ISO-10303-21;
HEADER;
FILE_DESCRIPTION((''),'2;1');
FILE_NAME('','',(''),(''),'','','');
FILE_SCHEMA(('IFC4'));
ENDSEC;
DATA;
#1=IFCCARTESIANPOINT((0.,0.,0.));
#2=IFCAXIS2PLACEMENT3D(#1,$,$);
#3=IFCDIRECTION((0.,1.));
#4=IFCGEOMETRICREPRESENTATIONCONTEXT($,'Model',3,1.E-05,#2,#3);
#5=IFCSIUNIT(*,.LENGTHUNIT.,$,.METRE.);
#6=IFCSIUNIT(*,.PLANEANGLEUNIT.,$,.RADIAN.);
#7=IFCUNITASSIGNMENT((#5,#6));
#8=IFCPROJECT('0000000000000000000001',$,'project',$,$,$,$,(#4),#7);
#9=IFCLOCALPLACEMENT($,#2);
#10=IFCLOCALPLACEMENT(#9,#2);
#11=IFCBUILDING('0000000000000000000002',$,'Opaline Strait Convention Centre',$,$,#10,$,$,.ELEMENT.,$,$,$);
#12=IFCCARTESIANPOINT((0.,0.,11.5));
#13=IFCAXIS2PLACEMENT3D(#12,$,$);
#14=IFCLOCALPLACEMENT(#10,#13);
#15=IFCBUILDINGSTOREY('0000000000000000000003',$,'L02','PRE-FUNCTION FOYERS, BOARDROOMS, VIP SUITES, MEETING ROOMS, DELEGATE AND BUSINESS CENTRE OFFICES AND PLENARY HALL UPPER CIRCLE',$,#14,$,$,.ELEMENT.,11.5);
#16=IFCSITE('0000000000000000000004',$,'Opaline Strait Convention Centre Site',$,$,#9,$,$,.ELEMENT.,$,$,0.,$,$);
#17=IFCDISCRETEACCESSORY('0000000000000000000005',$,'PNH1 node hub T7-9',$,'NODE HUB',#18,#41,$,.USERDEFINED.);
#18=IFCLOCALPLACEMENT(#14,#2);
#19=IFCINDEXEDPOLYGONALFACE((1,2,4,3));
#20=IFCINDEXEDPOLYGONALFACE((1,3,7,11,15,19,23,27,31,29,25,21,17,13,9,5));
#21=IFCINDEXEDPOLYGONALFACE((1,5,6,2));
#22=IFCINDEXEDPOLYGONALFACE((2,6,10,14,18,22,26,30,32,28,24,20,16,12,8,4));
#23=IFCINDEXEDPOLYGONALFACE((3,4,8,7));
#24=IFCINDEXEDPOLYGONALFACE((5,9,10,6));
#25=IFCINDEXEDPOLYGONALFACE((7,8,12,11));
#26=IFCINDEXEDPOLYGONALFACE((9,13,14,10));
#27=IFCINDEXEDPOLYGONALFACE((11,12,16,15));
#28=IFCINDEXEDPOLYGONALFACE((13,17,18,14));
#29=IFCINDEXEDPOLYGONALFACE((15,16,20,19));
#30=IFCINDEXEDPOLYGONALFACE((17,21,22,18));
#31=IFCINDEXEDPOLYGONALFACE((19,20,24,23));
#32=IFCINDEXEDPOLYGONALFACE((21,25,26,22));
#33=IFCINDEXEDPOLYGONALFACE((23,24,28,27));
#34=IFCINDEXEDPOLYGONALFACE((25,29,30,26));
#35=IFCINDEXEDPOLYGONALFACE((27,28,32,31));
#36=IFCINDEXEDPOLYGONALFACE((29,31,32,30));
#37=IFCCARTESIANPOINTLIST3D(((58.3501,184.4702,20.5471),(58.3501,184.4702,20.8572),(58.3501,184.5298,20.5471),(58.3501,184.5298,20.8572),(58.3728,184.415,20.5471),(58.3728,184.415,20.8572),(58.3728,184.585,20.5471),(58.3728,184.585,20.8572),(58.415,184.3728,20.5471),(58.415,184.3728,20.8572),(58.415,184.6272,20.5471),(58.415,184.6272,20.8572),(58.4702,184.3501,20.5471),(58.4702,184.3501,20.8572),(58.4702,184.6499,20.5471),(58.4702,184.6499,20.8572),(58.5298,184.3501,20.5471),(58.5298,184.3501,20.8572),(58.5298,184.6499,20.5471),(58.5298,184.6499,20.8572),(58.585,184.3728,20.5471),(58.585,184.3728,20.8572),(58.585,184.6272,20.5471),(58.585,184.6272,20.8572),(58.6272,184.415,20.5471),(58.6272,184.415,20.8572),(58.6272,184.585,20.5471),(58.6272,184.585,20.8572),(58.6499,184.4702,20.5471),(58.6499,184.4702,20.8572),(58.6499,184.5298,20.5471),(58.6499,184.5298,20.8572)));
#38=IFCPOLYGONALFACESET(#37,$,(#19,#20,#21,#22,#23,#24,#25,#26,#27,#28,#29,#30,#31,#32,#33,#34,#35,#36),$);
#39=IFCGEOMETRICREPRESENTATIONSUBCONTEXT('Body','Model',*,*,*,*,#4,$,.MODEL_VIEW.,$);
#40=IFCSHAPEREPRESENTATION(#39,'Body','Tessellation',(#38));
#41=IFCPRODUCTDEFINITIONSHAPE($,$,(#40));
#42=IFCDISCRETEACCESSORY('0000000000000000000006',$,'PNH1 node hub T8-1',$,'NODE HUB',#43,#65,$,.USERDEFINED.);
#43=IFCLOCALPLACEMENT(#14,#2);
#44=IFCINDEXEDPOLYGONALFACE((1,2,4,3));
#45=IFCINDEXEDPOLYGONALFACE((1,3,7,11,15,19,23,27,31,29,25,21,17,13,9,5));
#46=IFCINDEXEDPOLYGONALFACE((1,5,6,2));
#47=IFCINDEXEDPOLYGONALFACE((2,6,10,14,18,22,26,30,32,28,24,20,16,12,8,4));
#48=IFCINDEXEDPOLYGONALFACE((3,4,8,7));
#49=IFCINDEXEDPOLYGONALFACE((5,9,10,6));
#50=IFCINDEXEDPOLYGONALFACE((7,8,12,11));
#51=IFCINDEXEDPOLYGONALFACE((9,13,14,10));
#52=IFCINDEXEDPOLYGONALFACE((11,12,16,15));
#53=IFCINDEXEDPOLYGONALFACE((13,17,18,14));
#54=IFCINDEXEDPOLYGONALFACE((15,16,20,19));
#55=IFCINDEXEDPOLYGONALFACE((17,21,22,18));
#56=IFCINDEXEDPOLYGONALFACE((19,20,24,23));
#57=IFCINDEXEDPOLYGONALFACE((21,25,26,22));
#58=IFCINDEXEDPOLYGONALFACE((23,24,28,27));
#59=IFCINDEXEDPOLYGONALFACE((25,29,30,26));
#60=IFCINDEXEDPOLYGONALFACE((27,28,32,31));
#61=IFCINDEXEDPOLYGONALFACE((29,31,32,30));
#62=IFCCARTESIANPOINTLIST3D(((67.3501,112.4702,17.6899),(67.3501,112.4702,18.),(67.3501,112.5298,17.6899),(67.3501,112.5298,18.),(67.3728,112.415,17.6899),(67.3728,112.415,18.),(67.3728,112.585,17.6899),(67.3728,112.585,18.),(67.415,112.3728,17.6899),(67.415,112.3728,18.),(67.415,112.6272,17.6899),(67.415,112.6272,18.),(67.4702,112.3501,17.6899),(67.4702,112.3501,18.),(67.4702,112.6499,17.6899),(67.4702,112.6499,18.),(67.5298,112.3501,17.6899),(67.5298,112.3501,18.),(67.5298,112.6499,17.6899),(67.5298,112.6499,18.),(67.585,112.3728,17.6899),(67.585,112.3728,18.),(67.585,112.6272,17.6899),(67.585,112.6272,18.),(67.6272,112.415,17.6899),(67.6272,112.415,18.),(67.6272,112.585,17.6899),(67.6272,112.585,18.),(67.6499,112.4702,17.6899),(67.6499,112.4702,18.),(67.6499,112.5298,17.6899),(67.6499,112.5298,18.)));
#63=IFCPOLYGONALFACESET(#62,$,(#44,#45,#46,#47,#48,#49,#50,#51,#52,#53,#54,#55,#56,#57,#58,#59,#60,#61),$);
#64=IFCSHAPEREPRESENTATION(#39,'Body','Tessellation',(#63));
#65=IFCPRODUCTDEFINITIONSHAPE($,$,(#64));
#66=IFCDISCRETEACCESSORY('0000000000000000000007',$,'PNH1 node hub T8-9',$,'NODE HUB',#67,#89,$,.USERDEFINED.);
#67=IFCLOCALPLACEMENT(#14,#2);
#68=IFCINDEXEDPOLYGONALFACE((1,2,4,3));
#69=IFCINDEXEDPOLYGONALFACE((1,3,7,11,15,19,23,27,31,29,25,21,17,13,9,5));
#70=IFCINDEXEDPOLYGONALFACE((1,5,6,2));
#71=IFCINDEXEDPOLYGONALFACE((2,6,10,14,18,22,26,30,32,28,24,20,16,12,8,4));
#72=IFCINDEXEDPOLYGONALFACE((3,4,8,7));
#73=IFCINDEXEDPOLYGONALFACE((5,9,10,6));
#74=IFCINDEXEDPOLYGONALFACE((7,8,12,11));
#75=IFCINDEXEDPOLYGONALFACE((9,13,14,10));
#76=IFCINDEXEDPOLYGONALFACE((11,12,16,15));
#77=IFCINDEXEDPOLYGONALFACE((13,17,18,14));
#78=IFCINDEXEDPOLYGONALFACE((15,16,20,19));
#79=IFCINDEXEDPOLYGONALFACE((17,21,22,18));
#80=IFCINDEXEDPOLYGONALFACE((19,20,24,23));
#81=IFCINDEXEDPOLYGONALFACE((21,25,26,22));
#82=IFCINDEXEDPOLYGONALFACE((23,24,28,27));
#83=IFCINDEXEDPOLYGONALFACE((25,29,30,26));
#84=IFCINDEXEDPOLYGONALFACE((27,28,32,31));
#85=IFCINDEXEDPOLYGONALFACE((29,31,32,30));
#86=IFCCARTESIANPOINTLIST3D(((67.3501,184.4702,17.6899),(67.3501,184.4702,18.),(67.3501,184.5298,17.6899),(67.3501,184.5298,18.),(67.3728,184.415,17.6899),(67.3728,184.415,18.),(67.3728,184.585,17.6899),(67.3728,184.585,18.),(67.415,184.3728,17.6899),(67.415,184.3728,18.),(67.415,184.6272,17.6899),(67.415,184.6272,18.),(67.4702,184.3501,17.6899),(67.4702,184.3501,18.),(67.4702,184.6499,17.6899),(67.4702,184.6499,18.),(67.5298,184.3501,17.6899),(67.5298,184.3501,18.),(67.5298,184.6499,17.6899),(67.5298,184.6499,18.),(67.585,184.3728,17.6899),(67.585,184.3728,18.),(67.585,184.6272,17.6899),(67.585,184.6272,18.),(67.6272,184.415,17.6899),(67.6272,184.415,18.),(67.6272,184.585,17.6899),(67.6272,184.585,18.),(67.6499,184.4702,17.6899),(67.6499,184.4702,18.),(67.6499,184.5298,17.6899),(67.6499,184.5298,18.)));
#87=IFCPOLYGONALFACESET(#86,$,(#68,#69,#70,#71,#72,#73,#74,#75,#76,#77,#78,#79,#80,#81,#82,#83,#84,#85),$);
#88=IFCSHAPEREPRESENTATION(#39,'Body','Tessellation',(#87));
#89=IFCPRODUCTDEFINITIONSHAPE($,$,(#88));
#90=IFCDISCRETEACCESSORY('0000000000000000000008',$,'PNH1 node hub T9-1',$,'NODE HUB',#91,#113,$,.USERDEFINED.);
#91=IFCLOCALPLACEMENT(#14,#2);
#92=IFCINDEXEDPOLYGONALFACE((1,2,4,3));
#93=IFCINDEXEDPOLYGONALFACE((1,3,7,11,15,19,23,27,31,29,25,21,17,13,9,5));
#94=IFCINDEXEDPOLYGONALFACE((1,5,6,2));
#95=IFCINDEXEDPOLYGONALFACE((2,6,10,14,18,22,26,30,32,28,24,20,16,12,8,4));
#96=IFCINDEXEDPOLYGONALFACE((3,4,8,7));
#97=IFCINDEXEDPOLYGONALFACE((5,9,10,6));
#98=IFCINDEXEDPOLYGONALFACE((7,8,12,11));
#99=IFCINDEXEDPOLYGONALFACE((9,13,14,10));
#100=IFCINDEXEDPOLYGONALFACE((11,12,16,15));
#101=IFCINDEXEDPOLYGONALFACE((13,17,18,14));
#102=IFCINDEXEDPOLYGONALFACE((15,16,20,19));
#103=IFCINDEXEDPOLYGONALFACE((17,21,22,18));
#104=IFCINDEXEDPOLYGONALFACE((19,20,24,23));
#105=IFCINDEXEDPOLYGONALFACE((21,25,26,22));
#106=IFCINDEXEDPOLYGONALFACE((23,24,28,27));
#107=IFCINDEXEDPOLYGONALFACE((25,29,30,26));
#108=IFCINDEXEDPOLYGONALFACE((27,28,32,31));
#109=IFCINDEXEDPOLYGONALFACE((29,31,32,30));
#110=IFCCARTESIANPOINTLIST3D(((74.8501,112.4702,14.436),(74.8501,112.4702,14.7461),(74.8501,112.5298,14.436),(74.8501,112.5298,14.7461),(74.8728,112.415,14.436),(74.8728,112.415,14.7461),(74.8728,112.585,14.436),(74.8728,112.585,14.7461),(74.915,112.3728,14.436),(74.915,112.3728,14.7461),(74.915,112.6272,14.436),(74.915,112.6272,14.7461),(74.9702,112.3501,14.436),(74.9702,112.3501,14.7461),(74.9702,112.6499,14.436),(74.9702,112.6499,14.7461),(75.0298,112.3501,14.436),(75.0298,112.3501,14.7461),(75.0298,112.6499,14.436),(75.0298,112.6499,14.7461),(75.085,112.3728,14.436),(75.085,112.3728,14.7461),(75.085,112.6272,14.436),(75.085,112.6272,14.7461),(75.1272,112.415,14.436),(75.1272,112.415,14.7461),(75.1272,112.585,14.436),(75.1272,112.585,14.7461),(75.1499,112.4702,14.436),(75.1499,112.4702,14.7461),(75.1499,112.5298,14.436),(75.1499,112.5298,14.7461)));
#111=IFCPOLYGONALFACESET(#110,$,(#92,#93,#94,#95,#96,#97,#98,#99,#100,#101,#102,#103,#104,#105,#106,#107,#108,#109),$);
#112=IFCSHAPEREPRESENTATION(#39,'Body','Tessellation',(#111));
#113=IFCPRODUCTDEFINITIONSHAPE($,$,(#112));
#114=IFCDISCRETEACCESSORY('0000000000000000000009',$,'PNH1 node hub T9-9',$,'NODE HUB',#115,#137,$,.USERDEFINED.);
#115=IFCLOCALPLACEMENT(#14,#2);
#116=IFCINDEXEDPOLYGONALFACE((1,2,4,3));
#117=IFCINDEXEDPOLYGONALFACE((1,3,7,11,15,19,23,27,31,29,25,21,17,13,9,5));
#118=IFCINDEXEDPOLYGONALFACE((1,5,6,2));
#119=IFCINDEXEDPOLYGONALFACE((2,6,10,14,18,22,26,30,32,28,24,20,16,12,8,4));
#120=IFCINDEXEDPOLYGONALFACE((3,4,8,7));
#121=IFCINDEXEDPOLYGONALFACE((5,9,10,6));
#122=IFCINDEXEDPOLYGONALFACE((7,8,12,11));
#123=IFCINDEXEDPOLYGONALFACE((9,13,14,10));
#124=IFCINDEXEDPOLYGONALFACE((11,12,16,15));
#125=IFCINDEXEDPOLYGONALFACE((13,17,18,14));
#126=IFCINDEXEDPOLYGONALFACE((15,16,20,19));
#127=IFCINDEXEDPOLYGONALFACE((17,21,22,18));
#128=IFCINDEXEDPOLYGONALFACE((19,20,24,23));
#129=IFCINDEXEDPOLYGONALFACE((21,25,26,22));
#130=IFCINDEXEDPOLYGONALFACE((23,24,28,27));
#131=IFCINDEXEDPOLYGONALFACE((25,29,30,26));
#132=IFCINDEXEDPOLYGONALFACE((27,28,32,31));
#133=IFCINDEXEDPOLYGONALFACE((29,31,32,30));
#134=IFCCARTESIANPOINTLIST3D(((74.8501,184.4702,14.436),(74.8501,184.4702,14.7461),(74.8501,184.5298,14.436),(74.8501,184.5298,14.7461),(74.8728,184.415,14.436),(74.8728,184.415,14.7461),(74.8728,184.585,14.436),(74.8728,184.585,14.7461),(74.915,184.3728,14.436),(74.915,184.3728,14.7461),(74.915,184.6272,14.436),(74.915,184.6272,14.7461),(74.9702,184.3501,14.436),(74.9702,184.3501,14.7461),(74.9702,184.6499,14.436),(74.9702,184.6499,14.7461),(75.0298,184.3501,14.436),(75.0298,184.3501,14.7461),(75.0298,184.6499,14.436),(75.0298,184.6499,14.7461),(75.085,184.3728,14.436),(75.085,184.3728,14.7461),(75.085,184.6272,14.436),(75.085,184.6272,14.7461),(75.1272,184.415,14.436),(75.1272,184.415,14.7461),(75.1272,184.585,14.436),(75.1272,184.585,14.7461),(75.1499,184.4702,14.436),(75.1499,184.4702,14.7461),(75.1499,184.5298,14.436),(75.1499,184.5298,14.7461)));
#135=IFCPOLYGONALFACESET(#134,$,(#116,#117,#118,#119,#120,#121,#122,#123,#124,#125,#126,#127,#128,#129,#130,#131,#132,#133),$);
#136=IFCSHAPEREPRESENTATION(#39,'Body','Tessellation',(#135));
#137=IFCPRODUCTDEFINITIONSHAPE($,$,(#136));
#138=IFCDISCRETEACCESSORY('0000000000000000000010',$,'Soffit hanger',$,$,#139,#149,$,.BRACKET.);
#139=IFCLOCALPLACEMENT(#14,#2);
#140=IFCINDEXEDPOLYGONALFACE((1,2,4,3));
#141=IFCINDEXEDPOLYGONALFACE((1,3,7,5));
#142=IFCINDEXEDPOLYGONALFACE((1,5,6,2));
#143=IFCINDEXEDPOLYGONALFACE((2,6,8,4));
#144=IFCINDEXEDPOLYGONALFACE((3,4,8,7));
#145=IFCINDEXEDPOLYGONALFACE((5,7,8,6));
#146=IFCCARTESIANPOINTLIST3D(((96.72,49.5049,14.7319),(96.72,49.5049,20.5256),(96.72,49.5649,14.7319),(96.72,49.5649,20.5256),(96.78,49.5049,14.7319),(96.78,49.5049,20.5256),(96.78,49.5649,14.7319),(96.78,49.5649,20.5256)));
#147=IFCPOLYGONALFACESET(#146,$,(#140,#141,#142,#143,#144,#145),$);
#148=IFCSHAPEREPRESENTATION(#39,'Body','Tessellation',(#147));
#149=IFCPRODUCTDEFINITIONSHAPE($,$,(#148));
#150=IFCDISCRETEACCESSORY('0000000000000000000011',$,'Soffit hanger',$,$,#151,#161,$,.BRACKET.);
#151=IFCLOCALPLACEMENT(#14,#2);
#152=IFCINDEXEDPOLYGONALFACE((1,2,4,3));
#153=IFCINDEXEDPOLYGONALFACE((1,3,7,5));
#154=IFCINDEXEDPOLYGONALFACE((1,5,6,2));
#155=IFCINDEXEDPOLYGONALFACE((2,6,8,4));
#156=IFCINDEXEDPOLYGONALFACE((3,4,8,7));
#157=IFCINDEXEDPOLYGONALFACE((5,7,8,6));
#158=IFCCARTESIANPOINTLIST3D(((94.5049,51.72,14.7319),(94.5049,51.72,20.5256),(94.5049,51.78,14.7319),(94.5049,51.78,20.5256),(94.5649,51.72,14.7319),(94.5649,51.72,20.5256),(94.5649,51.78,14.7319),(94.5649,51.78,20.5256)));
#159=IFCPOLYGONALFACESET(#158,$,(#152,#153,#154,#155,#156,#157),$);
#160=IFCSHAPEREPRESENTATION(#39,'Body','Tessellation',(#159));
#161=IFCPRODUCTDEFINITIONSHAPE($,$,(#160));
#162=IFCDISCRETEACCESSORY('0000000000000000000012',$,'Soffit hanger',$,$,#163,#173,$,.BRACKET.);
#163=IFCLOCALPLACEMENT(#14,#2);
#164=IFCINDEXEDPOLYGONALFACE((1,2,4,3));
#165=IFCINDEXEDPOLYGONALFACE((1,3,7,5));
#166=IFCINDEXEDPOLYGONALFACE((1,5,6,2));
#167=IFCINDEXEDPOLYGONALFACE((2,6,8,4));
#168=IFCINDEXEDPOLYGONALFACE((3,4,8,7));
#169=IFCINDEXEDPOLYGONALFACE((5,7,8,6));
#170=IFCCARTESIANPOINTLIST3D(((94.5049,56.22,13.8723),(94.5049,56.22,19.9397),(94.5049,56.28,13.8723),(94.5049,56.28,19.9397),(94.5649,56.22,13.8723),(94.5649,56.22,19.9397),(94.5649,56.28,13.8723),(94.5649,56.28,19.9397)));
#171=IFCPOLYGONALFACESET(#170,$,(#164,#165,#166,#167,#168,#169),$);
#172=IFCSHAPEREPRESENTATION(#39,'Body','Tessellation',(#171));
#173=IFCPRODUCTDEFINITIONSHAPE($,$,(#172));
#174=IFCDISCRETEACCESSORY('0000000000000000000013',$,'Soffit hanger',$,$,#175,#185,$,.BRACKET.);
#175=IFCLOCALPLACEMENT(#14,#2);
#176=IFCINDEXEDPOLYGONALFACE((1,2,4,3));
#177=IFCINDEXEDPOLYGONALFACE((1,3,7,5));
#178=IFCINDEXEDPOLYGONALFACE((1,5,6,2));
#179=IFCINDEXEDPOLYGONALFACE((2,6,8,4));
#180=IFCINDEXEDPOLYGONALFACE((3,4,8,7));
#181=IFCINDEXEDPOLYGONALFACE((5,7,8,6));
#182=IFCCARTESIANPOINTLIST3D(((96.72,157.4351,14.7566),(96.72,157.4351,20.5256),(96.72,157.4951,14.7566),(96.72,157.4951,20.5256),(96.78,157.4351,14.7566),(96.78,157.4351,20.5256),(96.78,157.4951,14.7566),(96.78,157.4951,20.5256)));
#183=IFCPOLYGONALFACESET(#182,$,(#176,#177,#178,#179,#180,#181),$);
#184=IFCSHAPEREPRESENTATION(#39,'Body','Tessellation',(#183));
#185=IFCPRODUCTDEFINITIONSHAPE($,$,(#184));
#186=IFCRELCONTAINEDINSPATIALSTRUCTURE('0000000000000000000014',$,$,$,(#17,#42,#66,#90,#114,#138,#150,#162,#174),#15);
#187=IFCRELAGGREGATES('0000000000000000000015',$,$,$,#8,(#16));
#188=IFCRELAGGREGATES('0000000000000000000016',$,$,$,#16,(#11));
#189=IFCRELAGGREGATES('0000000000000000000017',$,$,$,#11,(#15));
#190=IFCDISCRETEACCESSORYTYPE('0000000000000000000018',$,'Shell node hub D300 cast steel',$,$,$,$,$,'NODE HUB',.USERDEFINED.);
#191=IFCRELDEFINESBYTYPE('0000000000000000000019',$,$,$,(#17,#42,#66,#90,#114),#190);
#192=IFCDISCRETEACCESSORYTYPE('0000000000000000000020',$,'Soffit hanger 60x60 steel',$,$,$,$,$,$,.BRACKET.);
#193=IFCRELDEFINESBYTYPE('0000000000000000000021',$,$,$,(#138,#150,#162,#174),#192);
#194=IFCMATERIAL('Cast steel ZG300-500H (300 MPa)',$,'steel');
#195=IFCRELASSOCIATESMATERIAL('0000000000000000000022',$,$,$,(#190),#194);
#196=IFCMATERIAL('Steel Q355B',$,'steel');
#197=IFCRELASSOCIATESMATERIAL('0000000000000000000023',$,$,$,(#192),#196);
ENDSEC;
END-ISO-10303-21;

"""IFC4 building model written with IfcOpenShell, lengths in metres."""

from ifc_helpers import new_model, si_unit, direction, frame, origin, place, context, subcontext, project, spatial, polyline, outline, extrude, material, type_object, element, save


model = new_model("IFC4")

# Units and contexts
model_context = context("Model", 3, precision=1e-05, world=origin(), true_north=direction((0.0, 1.0)))
body_context = subcontext(model_context, "Body", "Model", "MODEL_VIEW")
ifc_project = project(units=[si_unit("LENGTHUNIT", "METRE"), si_unit("PLANEANGLEUNIT", "RADIAN")], contexts=[model_context])

# Site, building, storey
site_placement = place(None, origin())
site = spatial("IfcSite", under=ifc_project, at=site_placement, Name="Opaline Strait Convention Centre Site", CompositionType="ELEMENT", RefElevation=0.0)
building_placement = place(site_placement, origin())
building = spatial("IfcBuilding", under=site, at=building_placement, Name="Opaline Strait Convention Centre", CompositionType="ELEMENT")
storey_placement = place(building_placement, frame((0.0, 0.0, 11.5)))
storey = spatial("IfcBuildingStorey", under=building, at=storey_placement, Name="L02", Description="PRE-FUNCTION FOYERS, BOARDROOMS, VIP SUITES, MEETING ROOMS, DELEGATE AND BUSINESS CENTRE OFFICES AND PLENARY HALL UPPER CIRCLE", CompositionType="ELEMENT", Elevation=11.5)

# Discrete accessories
ifc_material_1 = material(Name="Cast steel ZG300-500H (300 MPa)", Category="steel")
discrete_accessory_type_1 = type_object("IfcDiscreteAccessoryType", Name="Shell node hub D300 cast steel", ElementType="NODE HUB", PredefinedType="USERDEFINED", material=ifc_material_1)
discrete_accessory_1_placement = place(storey_placement, frame((0.0, 0.0, 20.5471)))
element("IfcDiscreteAccessory", 1, at=discrete_accessory_1_placement, inside=storey, type_object=discrete_accessory_type_1, Name="PNH1 node hub T7-9", ObjectType="NODE HUB", PredefinedType="USERDEFINED", context=body_context, shape_type="SweptSolid", body=[
    extrude(outline(polyline([(58.6499, 184.5298), (58.6272, 184.585), (58.585, 184.6272), (58.5298, 184.6499), (58.4702, 184.6499), (58.415, 184.6272), (58.3728, 184.585), (58.3501, 184.5298), (58.3501, 184.4702), (58.3728, 184.415), (58.415, 184.3728), (58.4702, 184.3501), (58.5298, 184.3501), (58.585, 184.3728), (58.6272, 184.415), (58.6499, 184.4702), (58.6499, 184.5298)])), origin(), (0.0, 0.0, 1.0), 0.3101),
])
discrete_accessory_2_placement = place(storey_placement, frame((0.0, 0.0, 17.6899)))
element("IfcDiscreteAccessory", 2, at=discrete_accessory_2_placement, inside=storey, type_object=discrete_accessory_type_1, Name="PNH1 node hub T8-1", ObjectType="NODE HUB", PredefinedType="USERDEFINED", context=body_context, shape_type="SweptSolid", body=[
    extrude(outline(polyline([(67.6499, 112.5298), (67.6272, 112.585), (67.585, 112.6272), (67.5298, 112.6499), (67.4702, 112.6499), (67.415, 112.6272), (67.3728, 112.585), (67.3501, 112.5298), (67.3501, 112.4702), (67.3728, 112.415), (67.415, 112.3728), (67.4702, 112.3501), (67.5298, 112.3501), (67.585, 112.3728), (67.6272, 112.415), (67.6499, 112.4702), (67.6499, 112.5298)])), origin(), (0.0, 0.0, 1.0), 0.3101),
])
discrete_accessory_3_placement = place(storey_placement, frame((0.0, 0.0, 17.6899)))
element("IfcDiscreteAccessory", 3, at=discrete_accessory_3_placement, inside=storey, type_object=discrete_accessory_type_1, Name="PNH1 node hub T8-9", ObjectType="NODE HUB", PredefinedType="USERDEFINED", context=body_context, shape_type="SweptSolid", body=[
    extrude(outline(polyline([(67.6499, 184.5298), (67.6272, 184.585), (67.585, 184.6272), (67.5298, 184.6499), (67.4702, 184.6499), (67.415, 184.6272), (67.3728, 184.585), (67.3501, 184.5298), (67.3501, 184.4702), (67.3728, 184.415), (67.415, 184.3728), (67.4702, 184.3501), (67.5298, 184.3501), (67.585, 184.3728), (67.6272, 184.415), (67.6499, 184.4702), (67.6499, 184.5298)])), origin(), (0.0, 0.0, 1.0), 0.3101),
])
discrete_accessory_4_placement = place(storey_placement, frame((0.0, 0.0, 14.436)))
element("IfcDiscreteAccessory", 4, at=discrete_accessory_4_placement, inside=storey, type_object=discrete_accessory_type_1, Name="PNH1 node hub T9-1", ObjectType="NODE HUB", PredefinedType="USERDEFINED", context=body_context, shape_type="SweptSolid", body=[
    extrude(outline(polyline([(75.1499, 112.5298), (75.1272, 112.585), (75.085, 112.6272), (75.0298, 112.6499), (74.9702, 112.6499), (74.915, 112.6272), (74.8728, 112.585), (74.8501, 112.5298), (74.8501, 112.4702), (74.8728, 112.415), (74.915, 112.3728), (74.9702, 112.3501), (75.0298, 112.3501), (75.085, 112.3728), (75.1272, 112.415), (75.1499, 112.4702), (75.1499, 112.5298)])), origin(), (0.0, 0.0, 1.0), 0.3101),
])
discrete_accessory_5_placement = place(storey_placement, frame((0.0, 0.0, 14.436)))
element("IfcDiscreteAccessory", 5, at=discrete_accessory_5_placement, inside=storey, type_object=discrete_accessory_type_1, Name="PNH1 node hub T9-9", ObjectType="NODE HUB", PredefinedType="USERDEFINED", context=body_context, shape_type="SweptSolid", body=[
    extrude(outline(polyline([(75.1499, 184.5298), (75.1272, 184.585), (75.085, 184.6272), (75.0298, 184.6499), (74.9702, 184.6499), (74.915, 184.6272), (74.8728, 184.585), (74.8501, 184.5298), (74.8501, 184.4702), (74.8728, 184.415), (74.915, 184.3728), (74.9702, 184.3501), (75.0298, 184.3501), (75.085, 184.3728), (75.1272, 184.415), (75.1499, 184.4702), (75.1499, 184.5298)])), origin(), (0.0, 0.0, 1.0), 0.3101),
])
ifc_material_2 = material(Name="Steel Q355B", Category="steel")
discrete_accessory_type_2 = type_object("IfcDiscreteAccessoryType", Name="Soffit hanger 60x60 steel", PredefinedType="BRACKET", material=ifc_material_2)
discrete_accessory_6_placement = place(storey_placement, frame((0.0, 0.0, 14.7319)))
element("IfcDiscreteAccessory", 6, at=discrete_accessory_6_placement, inside=storey, type_object=discrete_accessory_type_2, Name="Soffit hanger", PredefinedType="BRACKET", context=body_context, shape_type="SweptSolid", body=[
    extrude(outline(polyline([(96.72, 49.5049), (96.78, 49.5049), (96.78, 49.5649), (96.72, 49.5649), (96.72, 49.5049)])), origin(), (0.0, 0.0, 1.0), 5.7937),
])
discrete_accessory_7_placement = place(storey_placement, frame((0.0, 0.0, 14.7319)))
element("IfcDiscreteAccessory", 7, at=discrete_accessory_7_placement, inside=storey, type_object=discrete_accessory_type_2, Name="Soffit hanger", PredefinedType="BRACKET", context=body_context, shape_type="SweptSolid", body=[
    extrude(outline(polyline([(94.5049, 51.72), (94.5649, 51.72), (94.5649, 51.78), (94.5049, 51.78), (94.5049, 51.72)])), origin(), (0.0, 0.0, 1.0), 5.7937),
])
discrete_accessory_8_placement = place(storey_placement, frame((0.0, 0.0, 13.8723)))
element("IfcDiscreteAccessory", 8, at=discrete_accessory_8_placement, inside=storey, type_object=discrete_accessory_type_2, Name="Soffit hanger", PredefinedType="BRACKET", context=body_context, shape_type="SweptSolid", body=[
    extrude(outline(polyline([(94.5049, 56.22), (94.5649, 56.22), (94.5649, 56.28), (94.5049, 56.28), (94.5049, 56.22)])), origin(), (0.0, 0.0, 1.0), 6.0674),
])
discrete_accessory_9_placement = place(storey_placement, frame((0.0, 0.0, 14.7566)))
element("IfcDiscreteAccessory", 9, at=discrete_accessory_9_placement, inside=storey, type_object=discrete_accessory_type_2, Name="Soffit hanger", PredefinedType="BRACKET", context=body_context, shape_type="SweptSolid", body=[
    extrude(outline(polyline([(96.72, 157.4351), (96.78, 157.4351), (96.78, 157.4951), (96.72, 157.4951), (96.72, 157.4351)])), origin(), (0.0, 0.0, 1.0), 5.769),
])

save(model, "model.ifc")
